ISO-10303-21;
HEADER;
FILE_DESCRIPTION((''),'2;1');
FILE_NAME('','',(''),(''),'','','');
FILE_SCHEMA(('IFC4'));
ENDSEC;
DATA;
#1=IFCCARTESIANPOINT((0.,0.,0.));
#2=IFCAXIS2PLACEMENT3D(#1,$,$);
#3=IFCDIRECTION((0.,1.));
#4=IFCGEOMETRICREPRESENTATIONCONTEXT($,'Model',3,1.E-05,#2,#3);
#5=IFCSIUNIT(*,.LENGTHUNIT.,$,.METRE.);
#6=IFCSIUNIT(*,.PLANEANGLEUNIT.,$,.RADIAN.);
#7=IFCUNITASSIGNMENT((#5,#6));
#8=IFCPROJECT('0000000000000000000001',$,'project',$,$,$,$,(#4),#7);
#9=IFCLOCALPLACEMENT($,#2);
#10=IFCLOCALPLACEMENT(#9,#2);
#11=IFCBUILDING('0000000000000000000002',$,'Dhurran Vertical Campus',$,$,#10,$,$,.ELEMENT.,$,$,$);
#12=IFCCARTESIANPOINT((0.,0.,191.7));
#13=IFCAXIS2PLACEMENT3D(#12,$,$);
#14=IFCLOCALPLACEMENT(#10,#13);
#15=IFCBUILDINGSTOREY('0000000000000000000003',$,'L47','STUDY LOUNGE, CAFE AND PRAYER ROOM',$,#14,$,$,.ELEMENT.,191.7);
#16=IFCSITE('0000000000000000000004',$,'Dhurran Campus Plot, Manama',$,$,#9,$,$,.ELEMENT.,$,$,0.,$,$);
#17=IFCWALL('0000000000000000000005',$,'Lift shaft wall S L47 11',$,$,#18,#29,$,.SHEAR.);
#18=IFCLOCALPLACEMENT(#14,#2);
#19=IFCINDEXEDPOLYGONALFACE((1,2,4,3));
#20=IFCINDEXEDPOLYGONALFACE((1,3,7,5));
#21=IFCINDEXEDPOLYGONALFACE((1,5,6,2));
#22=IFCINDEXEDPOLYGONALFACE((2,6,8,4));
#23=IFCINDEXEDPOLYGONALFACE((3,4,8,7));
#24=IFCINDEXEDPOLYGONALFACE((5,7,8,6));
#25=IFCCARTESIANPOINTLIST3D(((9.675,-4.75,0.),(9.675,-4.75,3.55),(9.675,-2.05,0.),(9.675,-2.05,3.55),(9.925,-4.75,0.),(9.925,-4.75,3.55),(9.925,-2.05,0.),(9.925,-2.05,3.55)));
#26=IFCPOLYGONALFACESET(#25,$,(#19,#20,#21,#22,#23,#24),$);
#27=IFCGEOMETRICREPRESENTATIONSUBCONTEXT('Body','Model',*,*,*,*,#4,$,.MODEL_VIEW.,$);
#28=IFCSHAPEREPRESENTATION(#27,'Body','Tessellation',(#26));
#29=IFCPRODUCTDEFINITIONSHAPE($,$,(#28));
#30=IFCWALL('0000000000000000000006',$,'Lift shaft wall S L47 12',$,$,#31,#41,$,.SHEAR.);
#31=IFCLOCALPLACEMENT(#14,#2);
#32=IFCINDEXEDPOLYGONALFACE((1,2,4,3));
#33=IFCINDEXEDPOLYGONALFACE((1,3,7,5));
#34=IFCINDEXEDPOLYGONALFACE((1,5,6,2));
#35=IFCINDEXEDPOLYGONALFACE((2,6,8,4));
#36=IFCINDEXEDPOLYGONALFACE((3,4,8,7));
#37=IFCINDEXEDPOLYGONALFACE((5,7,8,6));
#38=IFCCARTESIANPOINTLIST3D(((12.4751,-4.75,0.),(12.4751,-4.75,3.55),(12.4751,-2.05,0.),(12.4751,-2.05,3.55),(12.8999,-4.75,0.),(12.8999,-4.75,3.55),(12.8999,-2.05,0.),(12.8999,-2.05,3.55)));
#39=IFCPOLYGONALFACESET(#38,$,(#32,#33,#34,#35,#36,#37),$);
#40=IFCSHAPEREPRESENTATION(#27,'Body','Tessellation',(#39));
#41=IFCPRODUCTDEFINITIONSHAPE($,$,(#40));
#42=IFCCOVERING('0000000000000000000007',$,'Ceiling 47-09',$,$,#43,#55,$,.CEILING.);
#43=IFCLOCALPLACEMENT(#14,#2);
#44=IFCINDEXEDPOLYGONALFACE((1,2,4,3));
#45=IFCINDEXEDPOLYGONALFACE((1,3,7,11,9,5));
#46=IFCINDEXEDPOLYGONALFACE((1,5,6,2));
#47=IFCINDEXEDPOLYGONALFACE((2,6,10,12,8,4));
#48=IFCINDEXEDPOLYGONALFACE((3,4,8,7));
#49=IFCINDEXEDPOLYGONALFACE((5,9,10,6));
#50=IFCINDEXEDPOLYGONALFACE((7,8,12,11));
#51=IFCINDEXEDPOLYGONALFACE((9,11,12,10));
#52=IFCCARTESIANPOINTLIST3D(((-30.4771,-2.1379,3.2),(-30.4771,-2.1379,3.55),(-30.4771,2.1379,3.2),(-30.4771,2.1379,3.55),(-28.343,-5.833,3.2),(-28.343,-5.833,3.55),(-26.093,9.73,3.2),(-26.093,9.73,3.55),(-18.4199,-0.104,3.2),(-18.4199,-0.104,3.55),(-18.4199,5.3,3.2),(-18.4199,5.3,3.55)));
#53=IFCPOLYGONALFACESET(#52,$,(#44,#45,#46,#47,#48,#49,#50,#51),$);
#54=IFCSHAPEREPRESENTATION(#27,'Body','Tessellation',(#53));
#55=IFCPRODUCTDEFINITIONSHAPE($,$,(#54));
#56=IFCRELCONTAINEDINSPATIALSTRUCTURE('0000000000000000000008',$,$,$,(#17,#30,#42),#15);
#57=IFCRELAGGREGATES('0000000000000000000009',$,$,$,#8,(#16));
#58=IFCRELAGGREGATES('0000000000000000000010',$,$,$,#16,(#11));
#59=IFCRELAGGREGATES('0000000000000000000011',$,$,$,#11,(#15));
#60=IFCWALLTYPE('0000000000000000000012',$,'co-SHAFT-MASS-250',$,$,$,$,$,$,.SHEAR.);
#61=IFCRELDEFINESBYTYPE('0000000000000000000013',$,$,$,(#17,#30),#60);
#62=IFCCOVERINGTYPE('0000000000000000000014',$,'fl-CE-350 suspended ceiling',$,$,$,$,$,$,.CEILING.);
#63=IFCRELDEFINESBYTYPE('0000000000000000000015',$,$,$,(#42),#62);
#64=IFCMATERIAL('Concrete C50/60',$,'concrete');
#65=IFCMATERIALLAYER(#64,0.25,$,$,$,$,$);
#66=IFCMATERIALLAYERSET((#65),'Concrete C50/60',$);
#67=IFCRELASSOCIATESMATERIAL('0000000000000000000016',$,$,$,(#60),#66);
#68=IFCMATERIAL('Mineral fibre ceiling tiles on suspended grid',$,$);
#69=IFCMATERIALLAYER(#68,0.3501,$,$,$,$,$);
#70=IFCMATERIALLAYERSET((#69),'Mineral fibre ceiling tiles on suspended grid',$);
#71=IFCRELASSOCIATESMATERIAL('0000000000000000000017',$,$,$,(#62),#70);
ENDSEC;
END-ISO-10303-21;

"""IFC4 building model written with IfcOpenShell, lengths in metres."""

from ifc_helpers import new_model, si_unit, direction, frame, origin, place, context, subcontext, project, spatial, polyline, outline, extrude, material, layer, layer_set, type_object, element, save


model = new_model("IFC4")

# Units and contexts
model_context = context("Model", 3, precision=1e-05, world=origin(), true_north=direction((0.0, 1.0)))
body_context = subcontext(model_context, "Body", "Model", "MODEL_VIEW")
ifc_project = project(units=[si_unit("LENGTHUNIT", "METRE"), si_unit("PLANEANGLEUNIT", "RADIAN")], contexts=[model_context])

# Site, building, storey
site_placement = place(None, origin())
site = spatial("IfcSite", under=ifc_project, at=site_placement, Name="Dhurran Campus Plot, Manama", CompositionType="ELEMENT", RefElevation=0.0)
building_placement = place(site_placement, origin())
building = spatial("IfcBuilding", under=site, at=building_placement, Name="Dhurran Vertical Campus", CompositionType="ELEMENT")
storey_placement = place(building_placement, frame((0.0, 0.0, 191.7)))
storey = spatial("IfcBuildingStorey", under=building, at=storey_placement, Name="L47", Description="STUDY LOUNGE, CAFE AND PRAYER ROOM", CompositionType="ELEMENT", Elevation=191.7)

# Walls
ifc_material_1 = material(Name="Concrete C50/60", Category="concrete")
ifc_layer_1 = layer(ifc_material_1, 0.25)
ifc_layer_set_1 = layer_set([ifc_layer_1], Name="Concrete C50/60")
wall_type_1 = type_object("IfcWallType", Name="co-SHAFT-MASS-250", PredefinedType="SHEAR", material=ifc_layer_set_1)
wall_1_placement = place(storey_placement, origin())
element("IfcWall", 1, at=wall_1_placement, inside=storey, type_object=wall_type_1, Name="Lift shaft wall S L47 11", PredefinedType="SHEAR", context=body_context, shape_type="SweptSolid", body=[
    extrude(outline(polyline([(9.675, -4.75), (9.925, -4.75), (9.925, -2.05), (9.675, -2.05), (9.675, -4.75)])), origin(), (0.0, 0.0, 1.0), 3.55),
])
wall_2_placement = place(storey_placement, origin())
element("IfcWall", 2, at=wall_2_placement, inside=storey, type_object=wall_type_1, Name="Lift shaft wall S L47 12", PredefinedType="SHEAR", context=body_context, shape_type="SweptSolid", body=[
    extrude(outline(polyline([(12.4751, -4.75), (12.8999, -4.75), (12.8999, -2.05), (12.4751, -2.05), (12.4751, -4.75)])), origin(), (0.0, 0.0, 1.0), 3.55),
])

# Covering
ifc_material_2 = material(Name="Mineral fibre ceiling tiles on suspended grid")
ifc_layer_2 = layer(ifc_material_2, 0.3501)
ifc_layer_set_2 = layer_set([ifc_layer_2], Name="Mineral fibre ceiling tiles on suspended grid")
covering_type = type_object("IfcCoveringType", Name="fl-CE-350 suspended ceiling", PredefinedType="CEILING", material=ifc_layer_set_2)
covering_placement = place(storey_placement, frame((0.0, 0.0, 3.2)))
element("IfcCovering", 3, at=covering_placement, inside=storey, type_object=covering_type, Name="Ceiling 47-09", PredefinedType="CEILING", context=body_context, shape_type="SweptSolid", body=[
    extrude(outline(polyline([(-28.343, -5.833), (-30.4771, -2.1379), (-30.4771, 2.1379), (-26.093, 9.73), (-18.4199, 5.3), (-18.4199, -0.104), (-28.343, -5.833)])), origin(), (0.0, 0.0, 1.0), 0.3501),
])

save(model, "model.ifc")
